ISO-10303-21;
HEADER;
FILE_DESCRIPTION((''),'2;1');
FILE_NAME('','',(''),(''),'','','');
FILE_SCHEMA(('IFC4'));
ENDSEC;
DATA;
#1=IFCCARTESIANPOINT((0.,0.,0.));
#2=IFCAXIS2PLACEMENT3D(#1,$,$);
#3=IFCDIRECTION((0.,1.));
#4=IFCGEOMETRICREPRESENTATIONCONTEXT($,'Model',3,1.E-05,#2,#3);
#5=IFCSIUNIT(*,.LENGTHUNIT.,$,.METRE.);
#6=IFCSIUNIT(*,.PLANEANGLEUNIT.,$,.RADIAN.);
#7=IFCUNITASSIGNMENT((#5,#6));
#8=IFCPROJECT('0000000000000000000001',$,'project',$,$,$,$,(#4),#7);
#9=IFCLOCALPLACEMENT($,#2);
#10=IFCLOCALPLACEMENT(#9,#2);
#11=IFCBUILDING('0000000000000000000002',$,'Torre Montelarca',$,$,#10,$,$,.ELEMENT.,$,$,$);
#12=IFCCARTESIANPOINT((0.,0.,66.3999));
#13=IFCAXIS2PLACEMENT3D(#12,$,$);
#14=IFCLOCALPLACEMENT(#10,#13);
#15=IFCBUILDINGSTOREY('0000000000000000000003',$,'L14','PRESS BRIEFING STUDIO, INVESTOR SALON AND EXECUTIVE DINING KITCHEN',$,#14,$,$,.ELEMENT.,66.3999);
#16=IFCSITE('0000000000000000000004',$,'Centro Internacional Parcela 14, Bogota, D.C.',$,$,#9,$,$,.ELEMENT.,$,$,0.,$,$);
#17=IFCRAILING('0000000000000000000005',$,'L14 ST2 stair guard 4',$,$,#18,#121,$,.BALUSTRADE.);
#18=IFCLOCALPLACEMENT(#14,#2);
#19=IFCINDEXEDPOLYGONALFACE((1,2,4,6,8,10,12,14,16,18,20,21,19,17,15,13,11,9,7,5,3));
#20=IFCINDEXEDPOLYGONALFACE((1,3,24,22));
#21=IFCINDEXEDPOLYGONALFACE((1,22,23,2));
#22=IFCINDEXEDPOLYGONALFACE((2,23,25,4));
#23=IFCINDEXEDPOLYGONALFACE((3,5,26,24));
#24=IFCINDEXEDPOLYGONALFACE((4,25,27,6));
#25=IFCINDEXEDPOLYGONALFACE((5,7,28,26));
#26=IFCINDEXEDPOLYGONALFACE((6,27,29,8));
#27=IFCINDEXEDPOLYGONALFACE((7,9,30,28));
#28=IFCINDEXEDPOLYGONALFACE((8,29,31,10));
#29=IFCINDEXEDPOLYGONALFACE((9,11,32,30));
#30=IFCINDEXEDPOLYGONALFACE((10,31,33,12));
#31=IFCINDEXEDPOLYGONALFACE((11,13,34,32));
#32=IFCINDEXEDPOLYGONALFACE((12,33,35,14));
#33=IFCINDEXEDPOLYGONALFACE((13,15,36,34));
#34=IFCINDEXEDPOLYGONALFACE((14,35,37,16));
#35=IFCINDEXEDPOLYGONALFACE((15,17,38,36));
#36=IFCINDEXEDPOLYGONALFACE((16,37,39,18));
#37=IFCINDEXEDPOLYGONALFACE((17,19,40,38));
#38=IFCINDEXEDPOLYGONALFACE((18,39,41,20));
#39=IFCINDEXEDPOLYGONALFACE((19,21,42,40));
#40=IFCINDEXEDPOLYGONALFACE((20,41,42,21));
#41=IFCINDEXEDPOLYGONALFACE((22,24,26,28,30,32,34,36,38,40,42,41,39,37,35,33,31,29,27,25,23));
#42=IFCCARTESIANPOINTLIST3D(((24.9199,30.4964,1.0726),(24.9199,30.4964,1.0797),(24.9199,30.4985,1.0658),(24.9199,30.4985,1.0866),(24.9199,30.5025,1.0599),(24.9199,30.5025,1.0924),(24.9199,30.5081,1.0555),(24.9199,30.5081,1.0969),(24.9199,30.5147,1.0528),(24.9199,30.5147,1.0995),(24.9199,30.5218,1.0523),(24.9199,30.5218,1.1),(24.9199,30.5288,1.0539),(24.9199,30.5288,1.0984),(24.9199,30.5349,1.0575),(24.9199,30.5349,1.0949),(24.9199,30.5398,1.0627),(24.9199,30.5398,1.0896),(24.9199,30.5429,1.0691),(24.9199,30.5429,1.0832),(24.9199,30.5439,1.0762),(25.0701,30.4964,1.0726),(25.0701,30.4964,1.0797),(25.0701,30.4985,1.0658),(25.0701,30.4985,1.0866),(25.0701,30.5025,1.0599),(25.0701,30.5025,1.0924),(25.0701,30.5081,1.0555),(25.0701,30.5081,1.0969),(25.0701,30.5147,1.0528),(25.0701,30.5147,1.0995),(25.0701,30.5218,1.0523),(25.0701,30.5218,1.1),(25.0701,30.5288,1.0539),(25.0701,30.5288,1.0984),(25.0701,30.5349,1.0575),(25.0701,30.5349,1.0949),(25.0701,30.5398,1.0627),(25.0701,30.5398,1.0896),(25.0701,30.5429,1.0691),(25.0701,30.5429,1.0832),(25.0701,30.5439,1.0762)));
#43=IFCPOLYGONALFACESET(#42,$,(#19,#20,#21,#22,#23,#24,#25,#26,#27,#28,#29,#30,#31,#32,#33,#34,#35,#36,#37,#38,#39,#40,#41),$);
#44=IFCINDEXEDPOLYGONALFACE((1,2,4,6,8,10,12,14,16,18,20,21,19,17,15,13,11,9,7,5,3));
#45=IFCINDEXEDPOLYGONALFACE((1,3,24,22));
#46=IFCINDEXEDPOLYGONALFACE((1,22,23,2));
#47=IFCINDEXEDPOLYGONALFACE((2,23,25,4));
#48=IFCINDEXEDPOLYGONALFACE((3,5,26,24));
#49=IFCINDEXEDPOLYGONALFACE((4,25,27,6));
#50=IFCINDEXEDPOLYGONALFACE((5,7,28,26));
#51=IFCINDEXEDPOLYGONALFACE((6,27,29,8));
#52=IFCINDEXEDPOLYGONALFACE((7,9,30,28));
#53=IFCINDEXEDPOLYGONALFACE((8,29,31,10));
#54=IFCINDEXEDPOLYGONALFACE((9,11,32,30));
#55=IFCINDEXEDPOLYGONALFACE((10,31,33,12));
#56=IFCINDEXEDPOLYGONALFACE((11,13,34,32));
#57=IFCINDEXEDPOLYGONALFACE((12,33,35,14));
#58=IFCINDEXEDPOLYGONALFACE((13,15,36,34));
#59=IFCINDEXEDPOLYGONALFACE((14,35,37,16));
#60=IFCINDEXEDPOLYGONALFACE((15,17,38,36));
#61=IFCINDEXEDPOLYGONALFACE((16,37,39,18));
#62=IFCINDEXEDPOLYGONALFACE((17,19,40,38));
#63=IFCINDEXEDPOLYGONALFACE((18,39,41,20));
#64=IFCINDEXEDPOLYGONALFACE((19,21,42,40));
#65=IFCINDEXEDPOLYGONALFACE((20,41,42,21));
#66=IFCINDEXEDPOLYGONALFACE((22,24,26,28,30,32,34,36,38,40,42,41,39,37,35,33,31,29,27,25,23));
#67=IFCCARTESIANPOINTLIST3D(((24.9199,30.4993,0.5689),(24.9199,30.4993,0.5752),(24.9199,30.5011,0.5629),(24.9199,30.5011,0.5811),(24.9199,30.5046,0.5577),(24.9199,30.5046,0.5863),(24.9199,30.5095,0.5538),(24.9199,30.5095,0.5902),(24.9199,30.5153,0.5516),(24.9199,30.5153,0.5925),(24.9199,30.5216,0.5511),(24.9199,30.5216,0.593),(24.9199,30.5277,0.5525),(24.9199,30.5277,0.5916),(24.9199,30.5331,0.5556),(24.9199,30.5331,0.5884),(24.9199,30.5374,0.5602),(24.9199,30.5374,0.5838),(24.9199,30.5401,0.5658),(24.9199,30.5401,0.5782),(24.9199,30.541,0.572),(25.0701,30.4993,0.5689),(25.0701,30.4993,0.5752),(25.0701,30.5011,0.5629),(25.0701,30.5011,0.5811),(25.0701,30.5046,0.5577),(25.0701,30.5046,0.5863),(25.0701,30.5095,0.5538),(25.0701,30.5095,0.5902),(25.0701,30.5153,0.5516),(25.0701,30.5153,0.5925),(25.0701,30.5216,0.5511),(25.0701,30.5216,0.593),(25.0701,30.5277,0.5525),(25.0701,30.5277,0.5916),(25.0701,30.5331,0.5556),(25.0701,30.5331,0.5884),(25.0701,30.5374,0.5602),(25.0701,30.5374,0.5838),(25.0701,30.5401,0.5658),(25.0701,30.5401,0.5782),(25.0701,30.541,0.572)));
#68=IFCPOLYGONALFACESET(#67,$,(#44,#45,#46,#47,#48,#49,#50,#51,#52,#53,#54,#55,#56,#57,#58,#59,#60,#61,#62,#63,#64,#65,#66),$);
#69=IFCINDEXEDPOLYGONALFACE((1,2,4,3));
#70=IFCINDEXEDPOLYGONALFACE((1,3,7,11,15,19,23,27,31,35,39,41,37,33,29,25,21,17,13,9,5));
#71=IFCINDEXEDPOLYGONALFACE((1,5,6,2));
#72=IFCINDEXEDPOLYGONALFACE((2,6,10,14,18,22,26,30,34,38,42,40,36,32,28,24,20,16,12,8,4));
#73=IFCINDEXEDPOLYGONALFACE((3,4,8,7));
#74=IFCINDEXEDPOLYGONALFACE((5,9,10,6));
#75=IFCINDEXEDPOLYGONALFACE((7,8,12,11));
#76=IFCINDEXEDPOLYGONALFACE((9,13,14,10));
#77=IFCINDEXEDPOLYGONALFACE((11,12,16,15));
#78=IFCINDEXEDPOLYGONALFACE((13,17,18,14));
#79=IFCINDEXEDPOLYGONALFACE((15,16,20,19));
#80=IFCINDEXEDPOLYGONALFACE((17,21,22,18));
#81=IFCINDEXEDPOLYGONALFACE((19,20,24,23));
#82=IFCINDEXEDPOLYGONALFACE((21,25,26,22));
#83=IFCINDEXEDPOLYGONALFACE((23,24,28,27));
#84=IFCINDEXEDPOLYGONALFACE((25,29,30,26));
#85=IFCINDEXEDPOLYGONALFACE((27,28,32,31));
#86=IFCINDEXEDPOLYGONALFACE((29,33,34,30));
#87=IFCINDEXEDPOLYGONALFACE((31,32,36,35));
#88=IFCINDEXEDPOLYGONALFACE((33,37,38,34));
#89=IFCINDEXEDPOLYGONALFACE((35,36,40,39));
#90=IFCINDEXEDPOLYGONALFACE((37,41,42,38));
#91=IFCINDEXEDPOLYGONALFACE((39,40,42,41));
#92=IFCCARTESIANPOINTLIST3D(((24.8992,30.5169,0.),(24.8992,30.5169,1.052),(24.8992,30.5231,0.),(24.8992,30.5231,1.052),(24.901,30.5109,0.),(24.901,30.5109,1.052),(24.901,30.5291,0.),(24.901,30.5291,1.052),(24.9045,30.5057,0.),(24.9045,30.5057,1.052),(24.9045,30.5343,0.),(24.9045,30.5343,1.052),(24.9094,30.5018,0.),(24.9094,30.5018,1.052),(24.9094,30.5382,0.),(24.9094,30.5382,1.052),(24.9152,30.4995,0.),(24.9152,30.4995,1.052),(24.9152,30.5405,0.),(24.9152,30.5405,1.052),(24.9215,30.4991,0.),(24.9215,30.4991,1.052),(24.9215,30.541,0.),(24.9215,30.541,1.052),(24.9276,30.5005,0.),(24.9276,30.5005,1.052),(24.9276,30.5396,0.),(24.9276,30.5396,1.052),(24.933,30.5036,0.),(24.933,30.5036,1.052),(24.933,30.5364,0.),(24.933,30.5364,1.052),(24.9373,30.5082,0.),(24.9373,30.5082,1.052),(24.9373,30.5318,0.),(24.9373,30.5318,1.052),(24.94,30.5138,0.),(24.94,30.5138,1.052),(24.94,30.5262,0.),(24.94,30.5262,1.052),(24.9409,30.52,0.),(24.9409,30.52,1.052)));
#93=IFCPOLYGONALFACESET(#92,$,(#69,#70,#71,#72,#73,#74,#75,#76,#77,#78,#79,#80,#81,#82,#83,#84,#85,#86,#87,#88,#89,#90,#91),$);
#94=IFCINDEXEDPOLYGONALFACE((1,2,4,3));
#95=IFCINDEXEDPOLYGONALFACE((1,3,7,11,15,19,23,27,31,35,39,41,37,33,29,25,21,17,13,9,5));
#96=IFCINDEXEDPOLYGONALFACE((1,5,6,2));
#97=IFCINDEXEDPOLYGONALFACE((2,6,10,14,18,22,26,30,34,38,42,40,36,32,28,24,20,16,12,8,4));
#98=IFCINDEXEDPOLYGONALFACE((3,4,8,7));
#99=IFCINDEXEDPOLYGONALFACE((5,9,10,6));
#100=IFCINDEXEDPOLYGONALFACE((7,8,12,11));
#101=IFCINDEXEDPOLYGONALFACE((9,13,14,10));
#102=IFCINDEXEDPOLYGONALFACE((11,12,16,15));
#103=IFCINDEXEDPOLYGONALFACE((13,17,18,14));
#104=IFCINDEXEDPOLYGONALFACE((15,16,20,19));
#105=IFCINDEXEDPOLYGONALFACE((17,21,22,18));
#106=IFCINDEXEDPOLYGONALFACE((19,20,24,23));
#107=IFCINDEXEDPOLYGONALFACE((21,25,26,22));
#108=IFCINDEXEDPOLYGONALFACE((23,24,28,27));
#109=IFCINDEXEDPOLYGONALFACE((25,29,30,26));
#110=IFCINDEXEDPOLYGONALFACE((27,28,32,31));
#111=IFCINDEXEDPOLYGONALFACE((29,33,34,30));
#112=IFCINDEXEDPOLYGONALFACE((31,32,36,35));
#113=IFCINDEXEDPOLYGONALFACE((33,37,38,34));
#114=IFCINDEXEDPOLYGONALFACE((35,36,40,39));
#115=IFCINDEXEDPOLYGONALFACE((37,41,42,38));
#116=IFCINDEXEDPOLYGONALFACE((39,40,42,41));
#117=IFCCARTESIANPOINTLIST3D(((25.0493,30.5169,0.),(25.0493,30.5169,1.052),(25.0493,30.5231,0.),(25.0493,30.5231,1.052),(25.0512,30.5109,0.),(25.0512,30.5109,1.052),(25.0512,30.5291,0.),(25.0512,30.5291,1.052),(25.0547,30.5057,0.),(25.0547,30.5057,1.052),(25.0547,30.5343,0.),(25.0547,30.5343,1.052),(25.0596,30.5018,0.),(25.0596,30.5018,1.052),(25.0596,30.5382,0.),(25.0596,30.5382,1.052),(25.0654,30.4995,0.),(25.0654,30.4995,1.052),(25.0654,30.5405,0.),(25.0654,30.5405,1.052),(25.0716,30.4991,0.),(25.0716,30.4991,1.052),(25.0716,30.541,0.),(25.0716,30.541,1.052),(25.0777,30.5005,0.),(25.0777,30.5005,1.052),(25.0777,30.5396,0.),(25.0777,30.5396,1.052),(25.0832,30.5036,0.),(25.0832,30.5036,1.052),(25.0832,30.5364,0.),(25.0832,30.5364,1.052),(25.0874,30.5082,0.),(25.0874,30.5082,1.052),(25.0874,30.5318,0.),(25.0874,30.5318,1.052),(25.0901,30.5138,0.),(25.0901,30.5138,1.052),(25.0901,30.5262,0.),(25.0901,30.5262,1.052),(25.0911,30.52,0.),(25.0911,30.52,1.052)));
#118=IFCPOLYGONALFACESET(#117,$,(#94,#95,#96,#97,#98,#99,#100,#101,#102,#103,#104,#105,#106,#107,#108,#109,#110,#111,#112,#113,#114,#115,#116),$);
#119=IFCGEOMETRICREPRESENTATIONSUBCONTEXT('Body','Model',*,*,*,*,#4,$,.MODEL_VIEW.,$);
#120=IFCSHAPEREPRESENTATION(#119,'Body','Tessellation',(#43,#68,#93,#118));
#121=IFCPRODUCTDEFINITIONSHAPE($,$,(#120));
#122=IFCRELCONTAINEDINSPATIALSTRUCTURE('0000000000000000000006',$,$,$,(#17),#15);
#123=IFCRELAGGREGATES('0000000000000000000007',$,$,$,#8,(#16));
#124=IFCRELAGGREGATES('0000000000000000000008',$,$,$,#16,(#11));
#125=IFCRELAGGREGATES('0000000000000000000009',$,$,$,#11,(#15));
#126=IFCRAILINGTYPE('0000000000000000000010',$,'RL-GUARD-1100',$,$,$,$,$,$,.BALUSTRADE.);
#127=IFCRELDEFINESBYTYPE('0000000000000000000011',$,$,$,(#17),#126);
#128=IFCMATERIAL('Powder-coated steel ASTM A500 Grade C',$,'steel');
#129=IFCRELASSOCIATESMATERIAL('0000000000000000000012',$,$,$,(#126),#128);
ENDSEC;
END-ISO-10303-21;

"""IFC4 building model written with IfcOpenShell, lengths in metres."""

from ifc_helpers import new_model, si_unit, direction, frame, origin, origin_2d, place, context, subcontext, project, spatial, circle, extrude, material, type_object, element, save


model = new_model("IFC4")

# Units and contexts
model_context = context("Model", 3, precision=1e-05, world=origin(), true_north=direction((0.0, 1.0)))
body_context = subcontext(model_context, "Body", "Model", "MODEL_VIEW")
ifc_project = project(units=[si_unit("LENGTHUNIT", "METRE"), si_unit("PLANEANGLEUNIT", "RADIAN")], contexts=[model_context])

# Site, building, storey
site_placement = place(None, origin())
site = spatial("IfcSite", under=ifc_project, at=site_placement, Name="Centro Internacional Parcela 14, Bogota, D.C.", CompositionType="ELEMENT", RefElevation=0.0)
building_placement = place(site_placement, origin())
building = spatial("IfcBuilding", under=site, at=building_placement, Name="Torre Montelarca", CompositionType="ELEMENT")
storey_placement = place(building_placement, frame((0.0, 0.0, 66.3999)))
storey = spatial("IfcBuildingStorey", under=building, at=storey_placement, Name="L14", Description="PRESS BRIEFING STUDIO, INVESTOR SALON AND EXECUTIVE DINING KITCHEN", CompositionType="ELEMENT", Elevation=66.3999)

# Railing
ifc_material_1 = material(Name="Powder-coated steel ASTM A500 Grade C", Category="steel")
railing_type_1 = type_object("IfcRailingType", Name="RL-GUARD-1100", PredefinedType="BALUSTRADE", material=ifc_material_1)
railing_1_placement = place(storey_placement, frame((24.9199, 30.52, 0.0)))
element("IfcRailing", 1, at=railing_1_placement, inside=storey, type_object=railing_type_1, Name="L14 ST2 stair guard 4", PredefinedType="BALUSTRADE", context=body_context, shape_type="SweptSolid", body=[
    extrude(circle(Radius=0.0239, at=origin_2d()), frame((0.0, 0.0, 1.0762), z_axis=(1.0, 0.0, 0.0), x_axis=(0.0, 1.0, 0.0)), (0.0, 0.0, 1.0), 0.1501),
    extrude(circle(Radius=0.021, at=origin_2d()), frame((0.0, 0.0, 0.572), z_axis=(1.0, 0.0, 0.0), x_axis=(0.0, 1.0, 0.0)), (0.0, 0.0, 1.0), 0.1501),
    extrude(circle(Radius=0.021, at=origin_2d()), origin(), (0.0, 0.0, 1.0), 1.052),
    extrude(circle(Radius=0.021, at=origin_2d()), frame((0.1501, 0.0, 0.0)), (0.0, 0.0, 1.0), 1.052),
])

save(model, "model.ifc")
